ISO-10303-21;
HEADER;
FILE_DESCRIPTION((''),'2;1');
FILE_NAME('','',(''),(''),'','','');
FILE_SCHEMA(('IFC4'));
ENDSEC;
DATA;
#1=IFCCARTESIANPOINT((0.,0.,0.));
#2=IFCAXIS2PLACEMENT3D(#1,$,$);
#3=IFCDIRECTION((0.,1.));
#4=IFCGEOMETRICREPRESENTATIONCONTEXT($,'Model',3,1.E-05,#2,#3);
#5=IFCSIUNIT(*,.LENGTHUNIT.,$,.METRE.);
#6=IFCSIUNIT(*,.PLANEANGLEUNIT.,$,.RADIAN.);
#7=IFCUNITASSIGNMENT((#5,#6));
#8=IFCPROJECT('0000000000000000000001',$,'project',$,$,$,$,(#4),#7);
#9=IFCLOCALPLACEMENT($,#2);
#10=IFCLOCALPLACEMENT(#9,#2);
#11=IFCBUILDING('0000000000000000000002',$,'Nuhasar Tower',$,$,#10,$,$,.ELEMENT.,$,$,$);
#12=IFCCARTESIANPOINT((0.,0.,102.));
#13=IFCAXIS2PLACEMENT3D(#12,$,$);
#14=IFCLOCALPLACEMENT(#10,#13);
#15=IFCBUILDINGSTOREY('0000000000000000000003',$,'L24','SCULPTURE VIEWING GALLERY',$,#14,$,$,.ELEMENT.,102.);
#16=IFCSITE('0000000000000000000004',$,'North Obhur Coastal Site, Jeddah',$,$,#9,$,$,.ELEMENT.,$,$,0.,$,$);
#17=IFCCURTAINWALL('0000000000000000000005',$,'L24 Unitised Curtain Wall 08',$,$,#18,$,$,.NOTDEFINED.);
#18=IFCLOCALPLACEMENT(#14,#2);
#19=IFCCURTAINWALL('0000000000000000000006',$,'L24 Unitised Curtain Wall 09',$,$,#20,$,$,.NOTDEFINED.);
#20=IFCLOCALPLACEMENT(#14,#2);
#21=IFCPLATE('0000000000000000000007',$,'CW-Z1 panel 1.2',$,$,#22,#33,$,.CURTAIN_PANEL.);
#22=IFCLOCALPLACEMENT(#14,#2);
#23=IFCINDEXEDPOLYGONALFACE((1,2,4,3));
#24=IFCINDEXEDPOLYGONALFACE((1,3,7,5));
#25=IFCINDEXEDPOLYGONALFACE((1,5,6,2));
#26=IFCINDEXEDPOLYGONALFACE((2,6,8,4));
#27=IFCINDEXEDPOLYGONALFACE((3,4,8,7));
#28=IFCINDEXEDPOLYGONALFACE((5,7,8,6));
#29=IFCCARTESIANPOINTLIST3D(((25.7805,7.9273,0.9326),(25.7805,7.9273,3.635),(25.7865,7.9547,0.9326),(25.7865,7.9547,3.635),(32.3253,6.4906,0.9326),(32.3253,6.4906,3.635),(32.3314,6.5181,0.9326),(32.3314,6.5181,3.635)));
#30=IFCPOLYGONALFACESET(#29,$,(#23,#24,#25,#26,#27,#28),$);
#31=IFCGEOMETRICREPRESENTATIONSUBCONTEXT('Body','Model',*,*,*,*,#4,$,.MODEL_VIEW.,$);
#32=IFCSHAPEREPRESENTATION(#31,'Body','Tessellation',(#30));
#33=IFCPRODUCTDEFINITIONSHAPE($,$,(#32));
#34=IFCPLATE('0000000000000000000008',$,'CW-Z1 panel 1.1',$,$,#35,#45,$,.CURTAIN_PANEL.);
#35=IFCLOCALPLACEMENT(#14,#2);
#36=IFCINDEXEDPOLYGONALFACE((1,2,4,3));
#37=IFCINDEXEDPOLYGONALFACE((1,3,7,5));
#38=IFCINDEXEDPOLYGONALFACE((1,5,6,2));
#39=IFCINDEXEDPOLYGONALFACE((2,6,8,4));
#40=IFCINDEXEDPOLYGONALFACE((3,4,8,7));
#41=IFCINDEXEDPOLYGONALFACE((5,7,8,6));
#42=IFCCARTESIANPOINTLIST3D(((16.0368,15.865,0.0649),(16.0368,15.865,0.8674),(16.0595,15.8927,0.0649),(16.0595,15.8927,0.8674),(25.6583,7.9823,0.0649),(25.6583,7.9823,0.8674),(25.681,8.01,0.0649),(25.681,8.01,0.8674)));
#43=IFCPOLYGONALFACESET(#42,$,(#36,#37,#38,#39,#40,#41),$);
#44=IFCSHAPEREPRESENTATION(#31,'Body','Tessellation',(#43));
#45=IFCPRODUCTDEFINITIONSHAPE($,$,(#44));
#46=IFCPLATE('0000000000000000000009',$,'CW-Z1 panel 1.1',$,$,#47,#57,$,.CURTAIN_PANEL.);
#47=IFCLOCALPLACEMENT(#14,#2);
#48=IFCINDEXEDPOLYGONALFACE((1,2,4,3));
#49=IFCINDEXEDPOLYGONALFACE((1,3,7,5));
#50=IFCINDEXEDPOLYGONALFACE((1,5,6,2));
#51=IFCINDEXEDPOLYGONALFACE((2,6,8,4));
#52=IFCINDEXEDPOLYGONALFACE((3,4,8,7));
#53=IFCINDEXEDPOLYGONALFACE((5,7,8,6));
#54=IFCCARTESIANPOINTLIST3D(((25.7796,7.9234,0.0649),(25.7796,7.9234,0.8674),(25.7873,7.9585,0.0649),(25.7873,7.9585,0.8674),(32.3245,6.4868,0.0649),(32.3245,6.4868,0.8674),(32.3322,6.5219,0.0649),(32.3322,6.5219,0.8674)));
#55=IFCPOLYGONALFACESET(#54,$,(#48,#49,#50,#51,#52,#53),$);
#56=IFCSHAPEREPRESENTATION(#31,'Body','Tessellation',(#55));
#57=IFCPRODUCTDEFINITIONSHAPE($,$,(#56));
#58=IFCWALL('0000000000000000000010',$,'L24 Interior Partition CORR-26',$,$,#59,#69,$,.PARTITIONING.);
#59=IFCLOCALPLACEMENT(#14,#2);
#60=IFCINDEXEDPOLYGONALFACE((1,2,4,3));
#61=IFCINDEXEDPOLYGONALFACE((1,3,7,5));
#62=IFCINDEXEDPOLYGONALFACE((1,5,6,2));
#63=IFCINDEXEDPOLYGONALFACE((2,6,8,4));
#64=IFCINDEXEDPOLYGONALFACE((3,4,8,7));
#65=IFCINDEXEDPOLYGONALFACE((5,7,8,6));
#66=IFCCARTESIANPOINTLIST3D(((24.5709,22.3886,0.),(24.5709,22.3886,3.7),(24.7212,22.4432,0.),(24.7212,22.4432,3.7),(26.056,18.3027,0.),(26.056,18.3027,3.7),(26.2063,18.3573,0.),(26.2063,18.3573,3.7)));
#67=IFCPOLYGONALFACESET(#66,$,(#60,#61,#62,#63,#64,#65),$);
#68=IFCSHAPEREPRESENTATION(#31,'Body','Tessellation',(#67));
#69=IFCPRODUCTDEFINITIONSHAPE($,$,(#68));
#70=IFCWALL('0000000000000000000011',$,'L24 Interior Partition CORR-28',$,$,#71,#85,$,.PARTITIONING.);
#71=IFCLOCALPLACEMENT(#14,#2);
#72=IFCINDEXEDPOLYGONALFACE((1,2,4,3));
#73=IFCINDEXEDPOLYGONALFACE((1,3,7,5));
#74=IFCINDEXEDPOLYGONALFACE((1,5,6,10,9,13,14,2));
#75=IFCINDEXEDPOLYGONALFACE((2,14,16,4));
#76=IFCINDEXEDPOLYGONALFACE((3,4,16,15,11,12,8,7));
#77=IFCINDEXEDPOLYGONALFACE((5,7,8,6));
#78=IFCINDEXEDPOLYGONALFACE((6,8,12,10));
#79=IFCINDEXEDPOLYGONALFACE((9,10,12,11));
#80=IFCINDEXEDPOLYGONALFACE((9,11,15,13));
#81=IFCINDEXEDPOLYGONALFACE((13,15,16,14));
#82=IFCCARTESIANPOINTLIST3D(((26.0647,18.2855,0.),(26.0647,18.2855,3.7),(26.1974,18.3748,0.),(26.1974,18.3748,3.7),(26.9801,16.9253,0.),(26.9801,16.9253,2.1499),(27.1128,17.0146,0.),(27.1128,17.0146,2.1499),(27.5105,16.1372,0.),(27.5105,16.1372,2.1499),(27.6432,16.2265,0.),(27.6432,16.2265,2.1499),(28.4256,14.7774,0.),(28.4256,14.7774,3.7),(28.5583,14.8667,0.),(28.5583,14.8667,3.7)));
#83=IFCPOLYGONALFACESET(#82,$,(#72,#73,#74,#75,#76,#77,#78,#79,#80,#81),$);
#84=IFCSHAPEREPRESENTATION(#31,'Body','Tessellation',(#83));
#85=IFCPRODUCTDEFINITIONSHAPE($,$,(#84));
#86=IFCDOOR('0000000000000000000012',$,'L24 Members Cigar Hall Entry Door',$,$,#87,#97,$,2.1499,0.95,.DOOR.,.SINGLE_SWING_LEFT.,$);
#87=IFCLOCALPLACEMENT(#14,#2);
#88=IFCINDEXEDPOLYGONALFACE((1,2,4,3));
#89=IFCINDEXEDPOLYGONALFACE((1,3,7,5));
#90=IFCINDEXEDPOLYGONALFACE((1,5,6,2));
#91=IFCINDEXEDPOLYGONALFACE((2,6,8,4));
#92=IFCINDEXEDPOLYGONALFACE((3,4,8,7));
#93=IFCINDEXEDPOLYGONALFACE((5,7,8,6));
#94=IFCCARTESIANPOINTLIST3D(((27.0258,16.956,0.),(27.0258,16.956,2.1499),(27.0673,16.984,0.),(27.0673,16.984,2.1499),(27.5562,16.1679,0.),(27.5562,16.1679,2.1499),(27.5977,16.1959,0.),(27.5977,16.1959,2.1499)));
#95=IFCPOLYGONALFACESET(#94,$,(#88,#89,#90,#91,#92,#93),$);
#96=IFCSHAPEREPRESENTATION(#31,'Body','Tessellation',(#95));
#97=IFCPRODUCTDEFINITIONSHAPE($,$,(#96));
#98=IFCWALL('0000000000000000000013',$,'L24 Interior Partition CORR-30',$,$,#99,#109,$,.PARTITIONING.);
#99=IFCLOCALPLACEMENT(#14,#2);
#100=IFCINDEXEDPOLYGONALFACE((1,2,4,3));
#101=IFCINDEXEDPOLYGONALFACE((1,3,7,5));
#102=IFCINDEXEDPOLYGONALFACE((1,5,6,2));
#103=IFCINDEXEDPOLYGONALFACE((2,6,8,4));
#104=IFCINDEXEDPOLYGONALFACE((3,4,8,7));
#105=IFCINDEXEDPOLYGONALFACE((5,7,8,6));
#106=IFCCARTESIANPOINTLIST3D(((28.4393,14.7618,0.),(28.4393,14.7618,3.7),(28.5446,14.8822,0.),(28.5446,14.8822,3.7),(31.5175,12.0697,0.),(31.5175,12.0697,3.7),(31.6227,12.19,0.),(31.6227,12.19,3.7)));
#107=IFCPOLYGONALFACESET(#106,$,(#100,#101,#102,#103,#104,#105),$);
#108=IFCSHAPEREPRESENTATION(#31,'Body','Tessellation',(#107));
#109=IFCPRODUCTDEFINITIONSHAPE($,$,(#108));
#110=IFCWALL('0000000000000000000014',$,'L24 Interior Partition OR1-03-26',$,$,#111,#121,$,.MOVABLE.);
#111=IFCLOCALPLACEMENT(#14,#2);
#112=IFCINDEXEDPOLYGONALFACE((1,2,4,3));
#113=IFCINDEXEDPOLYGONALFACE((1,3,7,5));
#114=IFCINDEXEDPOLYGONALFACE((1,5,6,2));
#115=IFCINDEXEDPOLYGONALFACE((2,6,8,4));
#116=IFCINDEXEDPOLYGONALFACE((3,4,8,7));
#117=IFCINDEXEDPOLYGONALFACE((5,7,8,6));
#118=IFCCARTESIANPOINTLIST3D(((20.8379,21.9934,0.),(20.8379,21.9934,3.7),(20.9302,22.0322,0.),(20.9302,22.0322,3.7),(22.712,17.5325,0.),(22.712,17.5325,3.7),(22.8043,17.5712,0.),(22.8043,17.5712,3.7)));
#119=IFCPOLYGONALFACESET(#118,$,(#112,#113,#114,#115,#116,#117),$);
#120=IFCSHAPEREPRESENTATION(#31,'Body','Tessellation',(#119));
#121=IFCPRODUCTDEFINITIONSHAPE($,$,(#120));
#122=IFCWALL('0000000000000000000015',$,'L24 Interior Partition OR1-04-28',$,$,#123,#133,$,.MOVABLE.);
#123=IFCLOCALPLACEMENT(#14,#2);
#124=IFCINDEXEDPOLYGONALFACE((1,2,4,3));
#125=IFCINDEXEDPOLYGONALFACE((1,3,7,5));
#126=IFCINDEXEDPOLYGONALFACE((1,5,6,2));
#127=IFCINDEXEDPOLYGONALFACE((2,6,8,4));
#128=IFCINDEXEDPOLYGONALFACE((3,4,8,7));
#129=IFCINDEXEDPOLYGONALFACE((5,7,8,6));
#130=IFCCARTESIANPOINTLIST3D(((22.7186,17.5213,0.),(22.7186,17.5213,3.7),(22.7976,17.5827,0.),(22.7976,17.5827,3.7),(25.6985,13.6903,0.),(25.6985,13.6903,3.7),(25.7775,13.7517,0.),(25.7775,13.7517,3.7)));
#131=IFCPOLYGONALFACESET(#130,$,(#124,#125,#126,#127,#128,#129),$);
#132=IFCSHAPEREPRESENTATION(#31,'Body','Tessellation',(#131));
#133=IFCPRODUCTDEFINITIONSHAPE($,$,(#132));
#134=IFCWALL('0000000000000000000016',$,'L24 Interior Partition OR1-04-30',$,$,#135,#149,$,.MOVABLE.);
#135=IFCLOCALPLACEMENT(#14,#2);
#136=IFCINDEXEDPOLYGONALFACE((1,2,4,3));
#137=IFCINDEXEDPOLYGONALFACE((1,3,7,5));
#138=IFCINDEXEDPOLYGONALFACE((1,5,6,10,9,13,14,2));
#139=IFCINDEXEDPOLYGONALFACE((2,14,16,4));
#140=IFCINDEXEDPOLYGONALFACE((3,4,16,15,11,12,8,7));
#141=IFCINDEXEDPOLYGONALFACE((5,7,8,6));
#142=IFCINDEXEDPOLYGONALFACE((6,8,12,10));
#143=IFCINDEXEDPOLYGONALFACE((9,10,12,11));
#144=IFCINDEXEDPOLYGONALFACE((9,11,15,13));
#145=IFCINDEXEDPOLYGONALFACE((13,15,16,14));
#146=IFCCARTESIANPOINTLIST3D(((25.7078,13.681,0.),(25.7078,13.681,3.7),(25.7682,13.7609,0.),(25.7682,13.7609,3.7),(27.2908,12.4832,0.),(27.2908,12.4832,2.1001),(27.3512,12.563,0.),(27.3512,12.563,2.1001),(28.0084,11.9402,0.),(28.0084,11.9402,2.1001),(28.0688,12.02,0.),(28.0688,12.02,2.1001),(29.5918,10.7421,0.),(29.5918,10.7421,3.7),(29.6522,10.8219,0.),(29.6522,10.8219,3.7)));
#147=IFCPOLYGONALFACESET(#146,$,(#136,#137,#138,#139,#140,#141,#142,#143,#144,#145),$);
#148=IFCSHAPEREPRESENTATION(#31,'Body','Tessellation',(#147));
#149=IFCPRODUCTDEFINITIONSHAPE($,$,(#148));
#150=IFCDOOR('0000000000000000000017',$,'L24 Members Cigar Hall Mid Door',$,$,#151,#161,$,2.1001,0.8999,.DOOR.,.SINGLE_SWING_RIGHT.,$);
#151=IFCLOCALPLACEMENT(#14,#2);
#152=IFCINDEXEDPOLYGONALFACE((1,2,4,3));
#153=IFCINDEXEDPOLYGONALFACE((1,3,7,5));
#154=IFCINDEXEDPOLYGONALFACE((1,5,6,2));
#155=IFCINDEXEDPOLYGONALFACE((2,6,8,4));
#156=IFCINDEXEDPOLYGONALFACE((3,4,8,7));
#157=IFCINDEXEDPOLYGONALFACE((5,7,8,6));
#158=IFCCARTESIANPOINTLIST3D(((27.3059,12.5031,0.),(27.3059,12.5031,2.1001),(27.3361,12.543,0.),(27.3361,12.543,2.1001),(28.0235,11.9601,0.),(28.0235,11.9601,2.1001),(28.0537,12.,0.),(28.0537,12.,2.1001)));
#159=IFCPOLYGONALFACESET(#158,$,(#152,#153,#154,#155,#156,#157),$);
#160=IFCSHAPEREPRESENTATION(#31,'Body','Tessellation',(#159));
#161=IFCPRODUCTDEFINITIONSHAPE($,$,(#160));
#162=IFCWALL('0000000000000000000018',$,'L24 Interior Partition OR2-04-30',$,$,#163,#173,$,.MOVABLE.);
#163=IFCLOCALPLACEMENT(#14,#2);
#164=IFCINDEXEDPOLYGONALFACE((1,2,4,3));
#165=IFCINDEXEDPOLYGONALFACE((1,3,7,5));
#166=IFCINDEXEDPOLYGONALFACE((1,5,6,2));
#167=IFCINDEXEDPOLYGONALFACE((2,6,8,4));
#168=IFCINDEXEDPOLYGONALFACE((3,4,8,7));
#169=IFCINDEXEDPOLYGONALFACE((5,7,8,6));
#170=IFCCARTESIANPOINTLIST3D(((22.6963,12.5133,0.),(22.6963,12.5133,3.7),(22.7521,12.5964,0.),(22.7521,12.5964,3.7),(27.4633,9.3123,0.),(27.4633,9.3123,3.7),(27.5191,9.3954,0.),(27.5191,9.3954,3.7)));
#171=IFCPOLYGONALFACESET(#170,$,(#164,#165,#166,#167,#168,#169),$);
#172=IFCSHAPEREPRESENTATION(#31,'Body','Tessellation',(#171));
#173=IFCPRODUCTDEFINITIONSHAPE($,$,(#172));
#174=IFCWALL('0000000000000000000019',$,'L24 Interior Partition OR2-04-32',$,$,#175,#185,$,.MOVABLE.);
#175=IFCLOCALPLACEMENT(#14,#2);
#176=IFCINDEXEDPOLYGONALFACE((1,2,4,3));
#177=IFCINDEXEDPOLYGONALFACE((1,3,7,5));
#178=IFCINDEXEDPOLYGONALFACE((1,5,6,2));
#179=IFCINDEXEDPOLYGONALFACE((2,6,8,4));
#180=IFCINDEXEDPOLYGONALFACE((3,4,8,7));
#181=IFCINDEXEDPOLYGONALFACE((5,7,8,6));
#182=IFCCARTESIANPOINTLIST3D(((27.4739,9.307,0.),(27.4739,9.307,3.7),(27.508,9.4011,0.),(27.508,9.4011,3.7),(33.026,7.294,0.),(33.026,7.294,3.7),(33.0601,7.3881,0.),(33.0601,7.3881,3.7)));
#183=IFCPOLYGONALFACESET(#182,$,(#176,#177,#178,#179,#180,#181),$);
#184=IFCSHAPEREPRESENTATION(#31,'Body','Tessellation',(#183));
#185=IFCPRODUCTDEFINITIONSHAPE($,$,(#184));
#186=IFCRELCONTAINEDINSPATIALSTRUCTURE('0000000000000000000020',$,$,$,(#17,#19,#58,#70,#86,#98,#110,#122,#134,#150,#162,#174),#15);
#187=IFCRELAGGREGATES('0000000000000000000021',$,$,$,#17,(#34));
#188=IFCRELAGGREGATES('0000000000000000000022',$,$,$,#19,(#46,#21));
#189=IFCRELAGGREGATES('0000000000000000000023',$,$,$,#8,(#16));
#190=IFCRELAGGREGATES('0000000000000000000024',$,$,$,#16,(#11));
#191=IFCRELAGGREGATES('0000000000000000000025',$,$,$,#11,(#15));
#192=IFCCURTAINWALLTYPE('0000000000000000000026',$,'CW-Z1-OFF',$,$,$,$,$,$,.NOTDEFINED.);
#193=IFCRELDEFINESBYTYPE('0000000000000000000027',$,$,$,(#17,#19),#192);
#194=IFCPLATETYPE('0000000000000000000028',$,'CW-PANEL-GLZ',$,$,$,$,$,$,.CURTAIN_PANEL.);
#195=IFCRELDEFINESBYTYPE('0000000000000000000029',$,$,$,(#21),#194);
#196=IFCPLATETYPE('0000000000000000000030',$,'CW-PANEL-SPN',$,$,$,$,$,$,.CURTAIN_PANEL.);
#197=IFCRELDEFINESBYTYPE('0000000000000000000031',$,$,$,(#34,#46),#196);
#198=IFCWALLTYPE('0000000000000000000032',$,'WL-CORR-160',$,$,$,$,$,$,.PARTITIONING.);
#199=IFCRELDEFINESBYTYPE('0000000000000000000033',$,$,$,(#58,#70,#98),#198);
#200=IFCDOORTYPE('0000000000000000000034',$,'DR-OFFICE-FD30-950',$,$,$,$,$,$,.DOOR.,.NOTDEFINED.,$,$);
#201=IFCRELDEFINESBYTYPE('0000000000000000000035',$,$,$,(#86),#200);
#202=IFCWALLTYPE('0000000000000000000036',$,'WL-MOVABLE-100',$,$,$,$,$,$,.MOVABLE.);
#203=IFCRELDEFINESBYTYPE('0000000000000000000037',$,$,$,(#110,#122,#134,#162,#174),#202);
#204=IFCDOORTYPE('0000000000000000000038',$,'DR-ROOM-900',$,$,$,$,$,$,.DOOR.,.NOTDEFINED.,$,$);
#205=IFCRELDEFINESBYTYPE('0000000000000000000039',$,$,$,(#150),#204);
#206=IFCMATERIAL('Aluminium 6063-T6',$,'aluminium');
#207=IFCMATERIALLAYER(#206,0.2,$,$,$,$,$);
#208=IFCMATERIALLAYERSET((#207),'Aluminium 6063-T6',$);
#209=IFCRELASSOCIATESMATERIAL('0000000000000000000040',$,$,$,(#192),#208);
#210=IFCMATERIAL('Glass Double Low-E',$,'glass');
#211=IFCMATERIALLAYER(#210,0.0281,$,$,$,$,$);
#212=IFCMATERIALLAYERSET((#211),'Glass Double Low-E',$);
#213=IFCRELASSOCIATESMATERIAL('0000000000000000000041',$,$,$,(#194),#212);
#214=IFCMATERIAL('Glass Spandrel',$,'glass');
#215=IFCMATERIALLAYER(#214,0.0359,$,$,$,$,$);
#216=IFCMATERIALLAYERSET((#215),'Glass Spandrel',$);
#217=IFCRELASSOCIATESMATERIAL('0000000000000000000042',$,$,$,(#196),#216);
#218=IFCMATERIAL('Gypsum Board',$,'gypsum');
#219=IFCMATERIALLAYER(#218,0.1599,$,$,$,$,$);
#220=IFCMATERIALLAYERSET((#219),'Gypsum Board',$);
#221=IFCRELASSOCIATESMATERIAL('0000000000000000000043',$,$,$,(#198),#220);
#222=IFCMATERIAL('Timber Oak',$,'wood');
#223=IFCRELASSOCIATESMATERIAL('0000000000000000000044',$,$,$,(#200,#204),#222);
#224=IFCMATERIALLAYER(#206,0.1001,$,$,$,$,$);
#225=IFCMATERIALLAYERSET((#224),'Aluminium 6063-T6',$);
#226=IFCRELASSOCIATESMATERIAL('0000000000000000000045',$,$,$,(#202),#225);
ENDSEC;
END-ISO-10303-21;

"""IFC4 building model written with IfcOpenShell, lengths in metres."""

from ifc_helpers import new_model, si_unit, direction, frame, frame_2d, origin, origin_2d, place, context, subcontext, project, spatial, rectangle, extrude, material, layer, layer_set, type_object, element, fill, aggregate, save


model = new_model("IFC4")

# Units and contexts
model_context = context("Model", 3, precision=1e-05, world=origin(), true_north=direction((0.0, 1.0)))
body_context = subcontext(model_context, "Body", "Model", "MODEL_VIEW")
ifc_project = project(units=[si_unit("LENGTHUNIT", "METRE"), si_unit("PLANEANGLEUNIT", "RADIAN")], contexts=[model_context])

# Site, building, storey
site_placement = place(None, origin())
site = spatial("IfcSite", under=ifc_project, at=site_placement, Name="North Obhur Coastal Site, Jeddah", CompositionType="ELEMENT", RefElevation=0.0)
building_placement = place(site_placement, origin())
building = spatial("IfcBuilding", under=site, at=building_placement, Name="Nuhasar Tower", CompositionType="ELEMENT")
storey_placement = place(building_placement, frame((0.0, 0.0, 102.0)))
storey = spatial("IfcBuildingStorey", under=building, at=storey_placement, Name="L24", Description="SCULPTURE VIEWING GALLERY", CompositionType="ELEMENT", Elevation=102.0)

# Curtain wall
ifc_material_1 = material(Name="Aluminium 6063-T6", Category="aluminium")
ifc_layer_1 = layer(ifc_material_1, 0.2)
ifc_layer_set_1 = layer_set([ifc_layer_1], Name="Aluminium 6063-T6")
curtain_wall_type = type_object("IfcCurtainWallType", Name="CW-Z1-OFF", PredefinedType="NOTDEFINED", material=ifc_layer_set_1)
curtain_wall_1_placement = place(storey_placement, origin())
curtain_wall_1 = element("IfcCurtainWall", 1, at=curtain_wall_1_placement, inside=storey, type_object=curtain_wall_type, Name="L24 Unitised Curtain Wall 08", PredefinedType="NOTDEFINED")

# Curtain wall
curtain_wall_2_placement = place(storey_placement, origin())
curtain_wall_2 = element("IfcCurtainWall", 2, at=curtain_wall_2_placement, inside=storey, type_object=curtain_wall_type, Name="L24 Unitised Curtain Wall 09", PredefinedType="NOTDEFINED")

# Plates
ifc_material_2 = material(Name="Glass Double Low-E", Category="glass")
ifc_layer_2 = layer(ifc_material_2, 0.0281)
ifc_layer_set_2 = layer_set([ifc_layer_2], Name="Glass Double Low-E")
plate_type_1 = type_object("IfcPlateType", Name="CW-PANEL-GLZ", PredefinedType="CURTAIN_PANEL", material=ifc_layer_set_2)
plate_1_placement = place(storey_placement, frame((29.0559, 7.2227, 0.9326), z_axis=(0.0, 0.0, 1.0), x_axis=(0.976746, -0.214399, 0.0)))
plate_1 = element("IfcPlate", 3, at=plate_1_placement, type_object=plate_type_1, Name="CW-Z1 panel 1.2", PredefinedType="CURTAIN_PANEL", context=body_context, shape_type="SweptSolid", body=[
    extrude(rectangle(XDim=6.7007, YDim=0.0281, at=origin_2d()), origin(), (0.0, 0.0, 1.0), 2.7024),
])
ifc_material_3 = material(Name="Glass Spandrel", Category="glass")
ifc_layer_3 = layer(ifc_material_3, 0.0359)
ifc_layer_set_3 = layer_set([ifc_layer_3], Name="Glass Spandrel")
plate_type_2 = type_object("IfcPlateType", Name="CW-PANEL-SPN", PredefinedType="CURTAIN_PANEL", material=ifc_layer_set_3)
plate_2_placement = place(storey_placement, frame((20.8589, 11.9375, 0.0649), z_axis=(0.0, 0.0, 1.0), x_axis=(0.773542, -0.633745, 0.0)))
plate_2 = element("IfcPlate", 4, at=plate_2_placement, type_object=plate_type_2, Name="CW-Z1 panel 1.1", PredefinedType="CURTAIN_PANEL", context=body_context, shape_type="SweptSolid", body=[
    extrude(rectangle(XDim=12.4382, YDim=0.0359, at=origin_2d()), origin(), (0.0, 0.0, 1.0), 0.8025),
])
aggregate(curtain_wall_1, [plate_2])
plate_3_placement = place(storey_placement, frame((29.0559, 7.2227, 0.0649), z_axis=(0.0, 0.0, 1.0), x_axis=(0.976746, -0.214399, 0.0)))
plate_3 = element("IfcPlate", 5, at=plate_3_placement, type_object=plate_type_2, Name="CW-Z1 panel 1.1", PredefinedType="CURTAIN_PANEL", context=body_context, shape_type="SweptSolid", body=[
    extrude(rectangle(XDim=6.7007, YDim=0.0359, at=origin_2d()), origin(), (0.0, 0.0, 1.0), 0.8025),
])
aggregate(curtain_wall_2, [plate_3, plate_1])

# Wall
ifc_material_4 = material(Name="Gypsum Board", Category="gypsum")
ifc_layer_4 = layer(ifc_material_4, 0.1599)
ifc_layer_set_4 = layer_set([ifc_layer_4], Name="Gypsum Board")
wall_type_1 = type_object("IfcWallType", Name="WL-CORR-160", PredefinedType="PARTITIONING", material=ifc_layer_set_4)
wall_1_placement = place(storey_placement, frame((24.646, 22.416, 0.0), z_axis=(0.0, 0.0, 1.0), x_axis=(0.341603, -0.939844, 0.0)))
element("IfcWall", 6, at=wall_1_placement, inside=storey, type_object=wall_type_1, Name="L24 Interior Partition CORR-26", PredefinedType="PARTITIONING", context=body_context, shape_type="SweptSolid", body=[
    extrude(rectangle(XDim=4.3474, YDim=0.1599, at=frame_2d((2.1738, 0.0))), origin(), (0.0, 0.0, 1.0), 3.7),
])

# Wall, opening, door
wall_2_placement = place(storey_placement, frame((28.4919, 14.822, 0.0), z_axis=(0.0, 0.0, 1.0), x_axis=(-0.558319, 0.829626, 0.0)))
wall_2 = element("IfcWall", 7, at=wall_2_placement, inside=storey, type_object=wall_type_1, Name="L24 Interior Partition CORR-28", PredefinedType="PARTITIONING", context=body_context, shape_type="SweptSolid", body=[
    extrude(rectangle(XDim=4.2285, YDim=0.1599, at=frame_2d((2.1143, 0.0))), origin(), (0.0, 0.0, 1.0), 3.7),
])
opening_1_placement = place(wall_2_placement, frame((1.6389, 0.0, 0.0)))
opening_1 = element("IfcOpeningElement", 8, at=opening_1_placement, cuts=wall_2, PredefinedType="OPENING", context=body_context, shape_type="SweptSolid", body=[
    extrude(rectangle(XDim=0.95, YDim=2.1499, at=frame_2d((0.4751, 1.075))), frame((0.0, 0.0898, 0.0), z_axis=(0.0, -1.0, 0.0), x_axis=(1.0, 0.0, 0.0)), (0.0, 0.0, 1.0), 0.1799),
])
ifc_material_5 = material(Name="Timber Oak", Category="wood")
door_type_1 = type_object("IfcDoorType", Name="DR-OFFICE-FD30-950", OperationType="NOTDEFINED", PredefinedType="DOOR", material=ifc_material_5)
door_1_placement = place(opening_1_placement, origin())
door_1 = element("IfcDoor", 9, at=door_1_placement, inside=storey, type_object=door_type_1, Name="L24 Members Cigar Hall Entry Door", OperationType="SINGLE_SWING_LEFT", OverallHeight=2.1499, OverallWidth=0.95, PredefinedType="DOOR", context=body_context, shape_type="SweptSolid", body=[
    extrude(rectangle(XDim=0.95, YDim=2.1499, at=frame_2d((0.4751, 1.075))), frame((0.0, 0.0249, 0.0), z_axis=(0.0, -1.0, 0.0), x_axis=(1.0, 0.0, 0.0)), (0.0, 0.0, 1.0), 0.05),
])
fill(opening_1, door_1)

# Walls
wall_3_placement = place(storey_placement, frame((28.4919, 14.822, 0.0), z_axis=(0.0, 0.0, 1.0), x_axis=(0.752725, -0.658336, 0.0)))
element("IfcWall", 10, at=wall_3_placement, inside=storey, type_object=wall_type_1, Name="L24 Interior Partition CORR-30", PredefinedType="PARTITIONING", context=body_context, shape_type="SweptSolid", body=[
    extrude(rectangle(XDim=4.0894, YDim=0.1599, at=frame_2d((2.0447, 0.0))), origin(), (0.0, 0.0, 1.0), 3.7),
])
ifc_layer_5 = layer(ifc_material_1, 0.1001)
ifc_layer_set_5 = layer_set([ifc_layer_5], Name="Aluminium 6063-T6")
wall_type_2 = type_object("IfcWallType", Name="WL-MOVABLE-100", PredefinedType="MOVABLE", material=ifc_layer_set_5)
wall_4_placement = place(storey_placement, frame((20.884, 22.0129, 0.0), z_axis=(0.0, 0.0, 1.0), x_axis=(0.387308, -0.92195, 0.0)))
element("IfcWall", 11, at=wall_4_placement, inside=storey, type_object=wall_type_2, Name="L24 Interior Partition OR1-03-26", PredefinedType="MOVABLE", context=body_context, shape_type="SweptSolid", body=[
    extrude(rectangle(XDim=4.8386, YDim=0.1001, at=frame_2d((2.4194, 0.0))), origin(), (0.0, 0.0, 1.0), 3.7),
])
wall_5_placement = place(storey_placement, frame((22.7581, 17.552, 0.0), z_axis=(0.0, 0.0, 1.0), x_axis=(0.613975, -0.789325, 0.0)))
element("IfcWall", 12, at=wall_5_placement, inside=storey, type_object=wall_type_2, Name="L24 Interior Partition OR1-04-28", PredefinedType="MOVABLE", context=body_context, shape_type="SweptSolid", body=[
    extrude(rectangle(XDim=4.8535, YDim=0.1001, at=frame_2d((2.4268, 0.0))), origin(), (0.0, 0.0, 1.0), 3.7),
])

# Wall, opening, door
wall_6_placement = place(storey_placement, frame((25.738, 13.7209, 0.0), z_axis=(0.0, 0.0, 1.0), x_axis=(0.797436, -0.603403, 0.0)))
wall_6 = element("IfcWall", 13, at=wall_6_placement, inside=storey, type_object=wall_type_2, Name="L24 Interior Partition OR1-04-30", PredefinedType="MOVABLE", context=body_context, shape_type="SweptSolid", body=[
    extrude(rectangle(XDim=4.8706, YDim=0.1001, at=frame_2d((2.4353, 0.0))), origin(), (0.0, 0.0, 1.0), 3.7),
])
opening_2_placement = place(wall_6_placement, frame((1.9851, 0.0, 0.0)))
opening_2 = element("IfcOpeningElement", 14, at=opening_2_placement, cuts=wall_6, PredefinedType="OPENING", context=body_context, shape_type="SweptSolid", body=[
    extrude(rectangle(XDim=0.8999, YDim=2.1001, at=frame_2d((0.45, 1.05))), frame((0.0, 0.0601, 0.0), z_axis=(0.0, -1.0, 0.0), x_axis=(1.0, 0.0, 0.0)), (0.0, 0.0, 1.0), 0.1201),
])
door_type_2 = type_object("IfcDoorType", Name="DR-ROOM-900", OperationType="NOTDEFINED", PredefinedType="DOOR", material=ifc_material_5)
door_2_placement = place(opening_2_placement, origin())
door_2 = element("IfcDoor", 15, at=door_2_placement, inside=storey, type_object=door_type_2, Name="L24 Members Cigar Hall Mid Door", OperationType="SINGLE_SWING_RIGHT", OverallHeight=2.1001, OverallWidth=0.8999, PredefinedType="DOOR", context=body_context, shape_type="SweptSolid", body=[
    extrude(rectangle(XDim=0.8999, YDim=2.1001, at=frame_2d((0.45, 1.05))), frame((0.0, 0.0249, 0.0), z_axis=(0.0, -1.0, 0.0), x_axis=(1.0, 0.0, 0.0)), (0.0, 0.0, 1.0), 0.05),
])
fill(opening_2, door_2)

# Walls
wall_7_placement = place(storey_placement, frame((22.7241, 12.5549, 0.0), z_axis=(0.0, 0.0, 1.0), x_axis=(0.830194, -0.557474, 0.0)))
element("IfcWall", 16, at=wall_7_placement, inside=storey, type_object=wall_type_2, Name="L24 Interior Partition OR2-04-30", PredefinedType="MOVABLE", context=body_context, shape_type="SweptSolid", body=[
    extrude(rectangle(XDim=5.7419, YDim=0.1001, at=frame_2d((2.8711, 0.0))), origin(), (0.0, 0.0, 1.0), 3.7),
])
wall_8_placement = place(storey_placement, frame((27.491, 9.354, 0.0), z_axis=(0.0, 0.0, 1.0), x_axis=(0.940118, -0.34085, 0.0)))
element("IfcWall", 17, at=wall_8_placement, inside=storey, type_object=wall_type_2, Name="L24 Interior Partition OR2-04-32", PredefinedType="MOVABLE", context=body_context, shape_type="SweptSolid", body=[
    extrude(rectangle(XDim=5.9058, YDim=0.1001, at=frame_2d((2.9529, 0.0))), origin(), (0.0, 0.0, 1.0), 3.7),
])

save(model, "model.ifc")
